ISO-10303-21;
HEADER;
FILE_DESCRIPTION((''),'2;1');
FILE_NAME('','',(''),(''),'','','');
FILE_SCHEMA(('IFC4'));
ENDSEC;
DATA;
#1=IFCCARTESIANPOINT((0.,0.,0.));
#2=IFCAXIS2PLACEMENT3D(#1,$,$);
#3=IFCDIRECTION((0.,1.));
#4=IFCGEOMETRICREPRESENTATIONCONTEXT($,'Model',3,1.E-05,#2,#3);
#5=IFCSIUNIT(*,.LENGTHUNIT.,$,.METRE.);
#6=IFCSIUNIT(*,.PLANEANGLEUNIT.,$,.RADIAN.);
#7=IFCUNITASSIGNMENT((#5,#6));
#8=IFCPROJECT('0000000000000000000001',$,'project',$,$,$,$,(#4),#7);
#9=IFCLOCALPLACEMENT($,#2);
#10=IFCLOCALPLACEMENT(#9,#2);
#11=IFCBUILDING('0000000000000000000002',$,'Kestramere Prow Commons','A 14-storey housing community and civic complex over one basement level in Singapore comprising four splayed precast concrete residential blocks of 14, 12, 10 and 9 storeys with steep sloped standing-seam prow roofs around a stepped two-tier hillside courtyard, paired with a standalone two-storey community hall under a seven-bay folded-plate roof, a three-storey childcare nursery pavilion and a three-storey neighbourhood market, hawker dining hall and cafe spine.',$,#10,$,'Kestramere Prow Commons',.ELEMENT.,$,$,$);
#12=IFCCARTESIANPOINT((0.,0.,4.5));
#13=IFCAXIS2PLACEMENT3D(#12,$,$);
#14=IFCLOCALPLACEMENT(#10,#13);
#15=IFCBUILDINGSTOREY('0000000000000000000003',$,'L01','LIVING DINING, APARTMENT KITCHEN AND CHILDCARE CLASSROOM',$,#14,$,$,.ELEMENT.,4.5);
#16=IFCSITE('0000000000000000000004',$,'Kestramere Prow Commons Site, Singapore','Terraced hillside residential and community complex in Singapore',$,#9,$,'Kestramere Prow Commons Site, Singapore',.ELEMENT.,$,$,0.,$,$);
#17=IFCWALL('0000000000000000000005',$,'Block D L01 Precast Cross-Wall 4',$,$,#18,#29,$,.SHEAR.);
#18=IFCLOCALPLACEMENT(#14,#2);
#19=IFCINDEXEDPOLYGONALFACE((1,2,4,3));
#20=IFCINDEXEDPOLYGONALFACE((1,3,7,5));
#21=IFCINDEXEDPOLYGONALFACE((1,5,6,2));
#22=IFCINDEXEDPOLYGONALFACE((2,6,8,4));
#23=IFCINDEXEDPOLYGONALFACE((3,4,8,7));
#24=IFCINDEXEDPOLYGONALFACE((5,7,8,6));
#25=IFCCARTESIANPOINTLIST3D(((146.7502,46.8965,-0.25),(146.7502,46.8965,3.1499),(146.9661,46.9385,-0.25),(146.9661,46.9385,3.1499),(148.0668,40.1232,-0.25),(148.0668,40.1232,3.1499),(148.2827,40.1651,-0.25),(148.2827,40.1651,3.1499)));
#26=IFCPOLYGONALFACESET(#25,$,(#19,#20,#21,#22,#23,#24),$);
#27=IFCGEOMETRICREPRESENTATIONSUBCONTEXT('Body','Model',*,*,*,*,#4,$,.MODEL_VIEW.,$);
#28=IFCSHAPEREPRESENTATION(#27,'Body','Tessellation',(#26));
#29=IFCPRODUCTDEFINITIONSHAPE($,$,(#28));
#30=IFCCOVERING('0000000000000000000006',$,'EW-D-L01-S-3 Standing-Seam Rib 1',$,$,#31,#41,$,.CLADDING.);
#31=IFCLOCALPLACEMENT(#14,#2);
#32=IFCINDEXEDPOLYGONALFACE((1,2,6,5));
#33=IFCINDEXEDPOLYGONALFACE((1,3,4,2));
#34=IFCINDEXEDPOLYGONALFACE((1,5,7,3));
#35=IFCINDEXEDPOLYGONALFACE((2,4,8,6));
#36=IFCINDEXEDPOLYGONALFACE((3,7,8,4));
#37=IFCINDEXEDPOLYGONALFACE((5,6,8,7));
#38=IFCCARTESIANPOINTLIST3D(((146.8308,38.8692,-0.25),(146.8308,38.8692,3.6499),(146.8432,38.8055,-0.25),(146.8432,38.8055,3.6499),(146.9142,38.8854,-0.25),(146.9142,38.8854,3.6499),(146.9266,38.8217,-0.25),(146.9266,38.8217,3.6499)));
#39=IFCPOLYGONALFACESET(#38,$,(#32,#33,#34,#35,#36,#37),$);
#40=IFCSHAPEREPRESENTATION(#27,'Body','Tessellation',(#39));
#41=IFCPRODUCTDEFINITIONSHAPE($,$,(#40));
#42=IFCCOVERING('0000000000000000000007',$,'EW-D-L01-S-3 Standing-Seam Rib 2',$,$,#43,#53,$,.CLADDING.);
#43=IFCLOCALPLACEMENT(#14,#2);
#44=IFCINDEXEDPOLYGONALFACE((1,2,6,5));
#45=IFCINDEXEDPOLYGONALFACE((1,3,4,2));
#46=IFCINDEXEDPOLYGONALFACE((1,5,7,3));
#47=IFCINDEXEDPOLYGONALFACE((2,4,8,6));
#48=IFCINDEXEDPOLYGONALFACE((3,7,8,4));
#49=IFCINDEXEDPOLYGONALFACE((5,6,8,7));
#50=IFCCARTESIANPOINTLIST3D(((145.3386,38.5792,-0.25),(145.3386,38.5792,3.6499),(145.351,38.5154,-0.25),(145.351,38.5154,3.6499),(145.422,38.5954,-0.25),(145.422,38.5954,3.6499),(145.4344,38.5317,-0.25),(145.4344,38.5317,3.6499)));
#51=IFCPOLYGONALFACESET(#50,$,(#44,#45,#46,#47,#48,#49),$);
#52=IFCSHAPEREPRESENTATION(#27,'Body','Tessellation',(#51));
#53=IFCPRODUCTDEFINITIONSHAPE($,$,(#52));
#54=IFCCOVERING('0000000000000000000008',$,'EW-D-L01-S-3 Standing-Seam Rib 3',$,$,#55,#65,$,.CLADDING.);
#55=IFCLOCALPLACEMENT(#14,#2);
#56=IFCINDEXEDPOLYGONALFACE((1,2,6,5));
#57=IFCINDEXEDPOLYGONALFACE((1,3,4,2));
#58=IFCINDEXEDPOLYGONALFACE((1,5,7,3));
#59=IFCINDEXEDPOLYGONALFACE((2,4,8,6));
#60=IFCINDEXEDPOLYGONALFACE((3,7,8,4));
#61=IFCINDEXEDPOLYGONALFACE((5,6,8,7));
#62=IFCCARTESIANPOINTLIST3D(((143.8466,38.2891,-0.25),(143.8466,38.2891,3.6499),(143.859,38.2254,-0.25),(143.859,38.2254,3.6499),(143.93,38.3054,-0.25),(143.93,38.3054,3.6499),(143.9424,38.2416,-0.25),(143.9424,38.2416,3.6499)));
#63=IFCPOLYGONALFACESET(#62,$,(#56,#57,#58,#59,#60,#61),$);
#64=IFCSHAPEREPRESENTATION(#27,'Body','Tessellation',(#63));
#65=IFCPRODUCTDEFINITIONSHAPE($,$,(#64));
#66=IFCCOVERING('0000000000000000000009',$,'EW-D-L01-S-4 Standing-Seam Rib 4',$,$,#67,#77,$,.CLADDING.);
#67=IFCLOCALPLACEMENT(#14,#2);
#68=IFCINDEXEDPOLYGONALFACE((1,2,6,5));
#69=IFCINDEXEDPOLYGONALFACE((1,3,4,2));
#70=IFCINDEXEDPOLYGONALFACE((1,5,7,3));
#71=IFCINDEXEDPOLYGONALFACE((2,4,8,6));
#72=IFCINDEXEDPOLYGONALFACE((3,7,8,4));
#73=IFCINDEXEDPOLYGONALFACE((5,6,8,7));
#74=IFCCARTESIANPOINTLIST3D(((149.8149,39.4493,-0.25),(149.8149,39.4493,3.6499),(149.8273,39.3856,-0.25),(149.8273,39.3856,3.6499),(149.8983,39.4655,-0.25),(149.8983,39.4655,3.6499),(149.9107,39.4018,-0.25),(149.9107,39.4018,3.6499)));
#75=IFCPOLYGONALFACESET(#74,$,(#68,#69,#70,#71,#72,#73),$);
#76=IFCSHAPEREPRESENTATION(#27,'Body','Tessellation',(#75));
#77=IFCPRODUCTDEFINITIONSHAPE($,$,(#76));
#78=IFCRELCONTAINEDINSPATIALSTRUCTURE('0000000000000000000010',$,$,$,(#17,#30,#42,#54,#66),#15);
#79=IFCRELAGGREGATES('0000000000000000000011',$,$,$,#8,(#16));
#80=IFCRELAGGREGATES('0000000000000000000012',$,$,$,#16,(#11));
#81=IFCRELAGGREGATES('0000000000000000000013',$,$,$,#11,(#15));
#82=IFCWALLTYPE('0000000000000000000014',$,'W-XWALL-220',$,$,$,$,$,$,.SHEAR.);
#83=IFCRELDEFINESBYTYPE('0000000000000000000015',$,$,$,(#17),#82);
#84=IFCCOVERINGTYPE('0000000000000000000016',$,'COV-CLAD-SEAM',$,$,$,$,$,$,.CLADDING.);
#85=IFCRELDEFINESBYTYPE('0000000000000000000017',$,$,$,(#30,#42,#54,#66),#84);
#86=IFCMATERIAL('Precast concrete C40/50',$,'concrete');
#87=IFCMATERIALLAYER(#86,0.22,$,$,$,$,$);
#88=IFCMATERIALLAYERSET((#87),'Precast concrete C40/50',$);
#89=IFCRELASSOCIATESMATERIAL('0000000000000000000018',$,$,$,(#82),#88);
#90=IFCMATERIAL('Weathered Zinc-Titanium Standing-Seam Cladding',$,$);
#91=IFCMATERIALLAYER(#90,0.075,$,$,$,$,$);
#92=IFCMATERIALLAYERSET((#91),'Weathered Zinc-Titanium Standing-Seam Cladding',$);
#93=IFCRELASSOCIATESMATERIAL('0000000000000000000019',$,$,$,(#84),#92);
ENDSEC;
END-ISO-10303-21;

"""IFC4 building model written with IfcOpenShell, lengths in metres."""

from ifc_helpers import new_model, si_unit, direction, frame, frame_2d, origin, origin_2d, place, context, subcontext, project, spatial, rectangle, extrude, material, layer, layer_set, type_object, element, save


model = new_model("IFC4")

# Units and contexts
model_context = context("Model", 3, precision=1e-05, world=origin(), true_north=direction((0.0, 1.0)))
body_context = subcontext(model_context, "Body", "Model", "MODEL_VIEW")
ifc_project = project(units=[si_unit("LENGTHUNIT", "METRE"), si_unit("PLANEANGLEUNIT", "RADIAN")], contexts=[model_context])

# Site, building, storey
site_placement = place(None, origin())
site = spatial("IfcSite", under=ifc_project, at=site_placement, Name="Kestramere Prow Commons Site, Singapore", Description="Terraced hillside residential and community complex in Singapore", LongName="Kestramere Prow Commons Site, Singapore", CompositionType="ELEMENT", RefElevation=0.0)
building_placement = place(site_placement, origin())
building = spatial("IfcBuilding", under=site, at=building_placement, Name="Kestramere Prow Commons", Description="A 14-storey housing community and civic complex over one basement level in Singapore comprising four splayed precast concrete residential blocks of 14, 12, 10 and 9 storeys with steep sloped standing-seam prow roofs around a stepped two-tier hillside courtyard, paired with a standalone two-storey community hall under a seven-bay folded-plate roof, a three-storey childcare nursery pavilion and a three-storey neighbourhood market, hawker dining hall and cafe spine.", LongName="Kestramere Prow Commons", CompositionType="ELEMENT")
storey_placement = place(building_placement, frame((0.0, 0.0, 4.5)))
storey = spatial("IfcBuildingStorey", under=building, at=storey_placement, Name="L01", Description="LIVING DINING, APARTMENT KITCHEN AND CHILDCARE CLASSROOM", CompositionType="ELEMENT", Elevation=4.5)

# Shared definitions
ifc_material_1 = material(Name="Precast concrete C40/50", Category="concrete")

# Wall
ifc_layer_1 = layer(ifc_material_1, 0.22)
ifc_layer_set_1 = layer_set([ifc_layer_1], Name="Precast concrete C40/50")
wall_type_1 = type_object("IfcWallType", Name="W-XWALL-220", PredefinedType="SHEAR", material=ifc_layer_set_1)
wall_1_placement = place(storey_placement, frame((148.1748, 40.144, -0.25), z_axis=(0.0, 0.0, 1.0), x_axis=(-0.190813, 0.981626, 0.0)))
element("IfcWall", 1, at=wall_1_placement, inside=storey, type_object=wall_type_1, Name="Block D L01 Precast Cross-Wall 4", PredefinedType="SHEAR", context=body_context, shape_type="SweptSolid", body=[
    extrude(rectangle(XDim=6.9001, YDim=0.22, at=frame_2d((3.4502, 0.0))), origin(), (0.0, 0.0, 1.0), 3.3999),
])

# Coverings
ifc_material_2 = material(Name="Weathered Zinc-Titanium Standing-Seam Cladding")
ifc_layer_2 = layer(ifc_material_2, 0.075)
ifc_layer_set_2 = layer_set([ifc_layer_2], Name="Weathered Zinc-Titanium Standing-Seam Cladding")
covering_type = type_object("IfcCoveringType", Name="COV-CLAD-SEAM", PredefinedType="CLADDING", material=ifc_layer_set_2)
for number, where, z_axis, x_axis, name in (
    (2, (146.8787, 38.8455, -0.25), (0.0, 0.0, 1.0), (-0.981627, -0.190809, 0.0), "EW-D-L01-S-3 Standing-Seam Rib 1"),
    (3, (145.3865, 38.5554, -0.25), (0.0, 0.0, 1.0), (-0.981627, -0.190809, 0.0), "EW-D-L01-S-3 Standing-Seam Rib 2"),
    (4, (143.8945, 38.2654, -0.25), (0.0, 0.0, 1.0), (-0.981627, -0.190809, 0.0), "EW-D-L01-S-3 Standing-Seam Rib 3"),
    (5, (149.8628, 39.4255, -0.25), (0.0, 0.0, 1.0), (-0.981627, -0.190809, 0.0), "EW-D-L01-S-4 Standing-Seam Rib 4"),
):
    element("IfcCovering", number, at=place(storey_placement, frame(where, z_axis=z_axis, x_axis=x_axis)), inside=storey, type_object=covering_type, Name=name, PredefinedType="CLADDING", context=body_context, shape_type="SweptSolid", body=[
        extrude(rectangle(XDim=0.085, YDim=0.0649, at=origin_2d()), origin(), (0.0, 0.0, 1.0), 3.8999),
    ])

save(model, "model.ifc")
